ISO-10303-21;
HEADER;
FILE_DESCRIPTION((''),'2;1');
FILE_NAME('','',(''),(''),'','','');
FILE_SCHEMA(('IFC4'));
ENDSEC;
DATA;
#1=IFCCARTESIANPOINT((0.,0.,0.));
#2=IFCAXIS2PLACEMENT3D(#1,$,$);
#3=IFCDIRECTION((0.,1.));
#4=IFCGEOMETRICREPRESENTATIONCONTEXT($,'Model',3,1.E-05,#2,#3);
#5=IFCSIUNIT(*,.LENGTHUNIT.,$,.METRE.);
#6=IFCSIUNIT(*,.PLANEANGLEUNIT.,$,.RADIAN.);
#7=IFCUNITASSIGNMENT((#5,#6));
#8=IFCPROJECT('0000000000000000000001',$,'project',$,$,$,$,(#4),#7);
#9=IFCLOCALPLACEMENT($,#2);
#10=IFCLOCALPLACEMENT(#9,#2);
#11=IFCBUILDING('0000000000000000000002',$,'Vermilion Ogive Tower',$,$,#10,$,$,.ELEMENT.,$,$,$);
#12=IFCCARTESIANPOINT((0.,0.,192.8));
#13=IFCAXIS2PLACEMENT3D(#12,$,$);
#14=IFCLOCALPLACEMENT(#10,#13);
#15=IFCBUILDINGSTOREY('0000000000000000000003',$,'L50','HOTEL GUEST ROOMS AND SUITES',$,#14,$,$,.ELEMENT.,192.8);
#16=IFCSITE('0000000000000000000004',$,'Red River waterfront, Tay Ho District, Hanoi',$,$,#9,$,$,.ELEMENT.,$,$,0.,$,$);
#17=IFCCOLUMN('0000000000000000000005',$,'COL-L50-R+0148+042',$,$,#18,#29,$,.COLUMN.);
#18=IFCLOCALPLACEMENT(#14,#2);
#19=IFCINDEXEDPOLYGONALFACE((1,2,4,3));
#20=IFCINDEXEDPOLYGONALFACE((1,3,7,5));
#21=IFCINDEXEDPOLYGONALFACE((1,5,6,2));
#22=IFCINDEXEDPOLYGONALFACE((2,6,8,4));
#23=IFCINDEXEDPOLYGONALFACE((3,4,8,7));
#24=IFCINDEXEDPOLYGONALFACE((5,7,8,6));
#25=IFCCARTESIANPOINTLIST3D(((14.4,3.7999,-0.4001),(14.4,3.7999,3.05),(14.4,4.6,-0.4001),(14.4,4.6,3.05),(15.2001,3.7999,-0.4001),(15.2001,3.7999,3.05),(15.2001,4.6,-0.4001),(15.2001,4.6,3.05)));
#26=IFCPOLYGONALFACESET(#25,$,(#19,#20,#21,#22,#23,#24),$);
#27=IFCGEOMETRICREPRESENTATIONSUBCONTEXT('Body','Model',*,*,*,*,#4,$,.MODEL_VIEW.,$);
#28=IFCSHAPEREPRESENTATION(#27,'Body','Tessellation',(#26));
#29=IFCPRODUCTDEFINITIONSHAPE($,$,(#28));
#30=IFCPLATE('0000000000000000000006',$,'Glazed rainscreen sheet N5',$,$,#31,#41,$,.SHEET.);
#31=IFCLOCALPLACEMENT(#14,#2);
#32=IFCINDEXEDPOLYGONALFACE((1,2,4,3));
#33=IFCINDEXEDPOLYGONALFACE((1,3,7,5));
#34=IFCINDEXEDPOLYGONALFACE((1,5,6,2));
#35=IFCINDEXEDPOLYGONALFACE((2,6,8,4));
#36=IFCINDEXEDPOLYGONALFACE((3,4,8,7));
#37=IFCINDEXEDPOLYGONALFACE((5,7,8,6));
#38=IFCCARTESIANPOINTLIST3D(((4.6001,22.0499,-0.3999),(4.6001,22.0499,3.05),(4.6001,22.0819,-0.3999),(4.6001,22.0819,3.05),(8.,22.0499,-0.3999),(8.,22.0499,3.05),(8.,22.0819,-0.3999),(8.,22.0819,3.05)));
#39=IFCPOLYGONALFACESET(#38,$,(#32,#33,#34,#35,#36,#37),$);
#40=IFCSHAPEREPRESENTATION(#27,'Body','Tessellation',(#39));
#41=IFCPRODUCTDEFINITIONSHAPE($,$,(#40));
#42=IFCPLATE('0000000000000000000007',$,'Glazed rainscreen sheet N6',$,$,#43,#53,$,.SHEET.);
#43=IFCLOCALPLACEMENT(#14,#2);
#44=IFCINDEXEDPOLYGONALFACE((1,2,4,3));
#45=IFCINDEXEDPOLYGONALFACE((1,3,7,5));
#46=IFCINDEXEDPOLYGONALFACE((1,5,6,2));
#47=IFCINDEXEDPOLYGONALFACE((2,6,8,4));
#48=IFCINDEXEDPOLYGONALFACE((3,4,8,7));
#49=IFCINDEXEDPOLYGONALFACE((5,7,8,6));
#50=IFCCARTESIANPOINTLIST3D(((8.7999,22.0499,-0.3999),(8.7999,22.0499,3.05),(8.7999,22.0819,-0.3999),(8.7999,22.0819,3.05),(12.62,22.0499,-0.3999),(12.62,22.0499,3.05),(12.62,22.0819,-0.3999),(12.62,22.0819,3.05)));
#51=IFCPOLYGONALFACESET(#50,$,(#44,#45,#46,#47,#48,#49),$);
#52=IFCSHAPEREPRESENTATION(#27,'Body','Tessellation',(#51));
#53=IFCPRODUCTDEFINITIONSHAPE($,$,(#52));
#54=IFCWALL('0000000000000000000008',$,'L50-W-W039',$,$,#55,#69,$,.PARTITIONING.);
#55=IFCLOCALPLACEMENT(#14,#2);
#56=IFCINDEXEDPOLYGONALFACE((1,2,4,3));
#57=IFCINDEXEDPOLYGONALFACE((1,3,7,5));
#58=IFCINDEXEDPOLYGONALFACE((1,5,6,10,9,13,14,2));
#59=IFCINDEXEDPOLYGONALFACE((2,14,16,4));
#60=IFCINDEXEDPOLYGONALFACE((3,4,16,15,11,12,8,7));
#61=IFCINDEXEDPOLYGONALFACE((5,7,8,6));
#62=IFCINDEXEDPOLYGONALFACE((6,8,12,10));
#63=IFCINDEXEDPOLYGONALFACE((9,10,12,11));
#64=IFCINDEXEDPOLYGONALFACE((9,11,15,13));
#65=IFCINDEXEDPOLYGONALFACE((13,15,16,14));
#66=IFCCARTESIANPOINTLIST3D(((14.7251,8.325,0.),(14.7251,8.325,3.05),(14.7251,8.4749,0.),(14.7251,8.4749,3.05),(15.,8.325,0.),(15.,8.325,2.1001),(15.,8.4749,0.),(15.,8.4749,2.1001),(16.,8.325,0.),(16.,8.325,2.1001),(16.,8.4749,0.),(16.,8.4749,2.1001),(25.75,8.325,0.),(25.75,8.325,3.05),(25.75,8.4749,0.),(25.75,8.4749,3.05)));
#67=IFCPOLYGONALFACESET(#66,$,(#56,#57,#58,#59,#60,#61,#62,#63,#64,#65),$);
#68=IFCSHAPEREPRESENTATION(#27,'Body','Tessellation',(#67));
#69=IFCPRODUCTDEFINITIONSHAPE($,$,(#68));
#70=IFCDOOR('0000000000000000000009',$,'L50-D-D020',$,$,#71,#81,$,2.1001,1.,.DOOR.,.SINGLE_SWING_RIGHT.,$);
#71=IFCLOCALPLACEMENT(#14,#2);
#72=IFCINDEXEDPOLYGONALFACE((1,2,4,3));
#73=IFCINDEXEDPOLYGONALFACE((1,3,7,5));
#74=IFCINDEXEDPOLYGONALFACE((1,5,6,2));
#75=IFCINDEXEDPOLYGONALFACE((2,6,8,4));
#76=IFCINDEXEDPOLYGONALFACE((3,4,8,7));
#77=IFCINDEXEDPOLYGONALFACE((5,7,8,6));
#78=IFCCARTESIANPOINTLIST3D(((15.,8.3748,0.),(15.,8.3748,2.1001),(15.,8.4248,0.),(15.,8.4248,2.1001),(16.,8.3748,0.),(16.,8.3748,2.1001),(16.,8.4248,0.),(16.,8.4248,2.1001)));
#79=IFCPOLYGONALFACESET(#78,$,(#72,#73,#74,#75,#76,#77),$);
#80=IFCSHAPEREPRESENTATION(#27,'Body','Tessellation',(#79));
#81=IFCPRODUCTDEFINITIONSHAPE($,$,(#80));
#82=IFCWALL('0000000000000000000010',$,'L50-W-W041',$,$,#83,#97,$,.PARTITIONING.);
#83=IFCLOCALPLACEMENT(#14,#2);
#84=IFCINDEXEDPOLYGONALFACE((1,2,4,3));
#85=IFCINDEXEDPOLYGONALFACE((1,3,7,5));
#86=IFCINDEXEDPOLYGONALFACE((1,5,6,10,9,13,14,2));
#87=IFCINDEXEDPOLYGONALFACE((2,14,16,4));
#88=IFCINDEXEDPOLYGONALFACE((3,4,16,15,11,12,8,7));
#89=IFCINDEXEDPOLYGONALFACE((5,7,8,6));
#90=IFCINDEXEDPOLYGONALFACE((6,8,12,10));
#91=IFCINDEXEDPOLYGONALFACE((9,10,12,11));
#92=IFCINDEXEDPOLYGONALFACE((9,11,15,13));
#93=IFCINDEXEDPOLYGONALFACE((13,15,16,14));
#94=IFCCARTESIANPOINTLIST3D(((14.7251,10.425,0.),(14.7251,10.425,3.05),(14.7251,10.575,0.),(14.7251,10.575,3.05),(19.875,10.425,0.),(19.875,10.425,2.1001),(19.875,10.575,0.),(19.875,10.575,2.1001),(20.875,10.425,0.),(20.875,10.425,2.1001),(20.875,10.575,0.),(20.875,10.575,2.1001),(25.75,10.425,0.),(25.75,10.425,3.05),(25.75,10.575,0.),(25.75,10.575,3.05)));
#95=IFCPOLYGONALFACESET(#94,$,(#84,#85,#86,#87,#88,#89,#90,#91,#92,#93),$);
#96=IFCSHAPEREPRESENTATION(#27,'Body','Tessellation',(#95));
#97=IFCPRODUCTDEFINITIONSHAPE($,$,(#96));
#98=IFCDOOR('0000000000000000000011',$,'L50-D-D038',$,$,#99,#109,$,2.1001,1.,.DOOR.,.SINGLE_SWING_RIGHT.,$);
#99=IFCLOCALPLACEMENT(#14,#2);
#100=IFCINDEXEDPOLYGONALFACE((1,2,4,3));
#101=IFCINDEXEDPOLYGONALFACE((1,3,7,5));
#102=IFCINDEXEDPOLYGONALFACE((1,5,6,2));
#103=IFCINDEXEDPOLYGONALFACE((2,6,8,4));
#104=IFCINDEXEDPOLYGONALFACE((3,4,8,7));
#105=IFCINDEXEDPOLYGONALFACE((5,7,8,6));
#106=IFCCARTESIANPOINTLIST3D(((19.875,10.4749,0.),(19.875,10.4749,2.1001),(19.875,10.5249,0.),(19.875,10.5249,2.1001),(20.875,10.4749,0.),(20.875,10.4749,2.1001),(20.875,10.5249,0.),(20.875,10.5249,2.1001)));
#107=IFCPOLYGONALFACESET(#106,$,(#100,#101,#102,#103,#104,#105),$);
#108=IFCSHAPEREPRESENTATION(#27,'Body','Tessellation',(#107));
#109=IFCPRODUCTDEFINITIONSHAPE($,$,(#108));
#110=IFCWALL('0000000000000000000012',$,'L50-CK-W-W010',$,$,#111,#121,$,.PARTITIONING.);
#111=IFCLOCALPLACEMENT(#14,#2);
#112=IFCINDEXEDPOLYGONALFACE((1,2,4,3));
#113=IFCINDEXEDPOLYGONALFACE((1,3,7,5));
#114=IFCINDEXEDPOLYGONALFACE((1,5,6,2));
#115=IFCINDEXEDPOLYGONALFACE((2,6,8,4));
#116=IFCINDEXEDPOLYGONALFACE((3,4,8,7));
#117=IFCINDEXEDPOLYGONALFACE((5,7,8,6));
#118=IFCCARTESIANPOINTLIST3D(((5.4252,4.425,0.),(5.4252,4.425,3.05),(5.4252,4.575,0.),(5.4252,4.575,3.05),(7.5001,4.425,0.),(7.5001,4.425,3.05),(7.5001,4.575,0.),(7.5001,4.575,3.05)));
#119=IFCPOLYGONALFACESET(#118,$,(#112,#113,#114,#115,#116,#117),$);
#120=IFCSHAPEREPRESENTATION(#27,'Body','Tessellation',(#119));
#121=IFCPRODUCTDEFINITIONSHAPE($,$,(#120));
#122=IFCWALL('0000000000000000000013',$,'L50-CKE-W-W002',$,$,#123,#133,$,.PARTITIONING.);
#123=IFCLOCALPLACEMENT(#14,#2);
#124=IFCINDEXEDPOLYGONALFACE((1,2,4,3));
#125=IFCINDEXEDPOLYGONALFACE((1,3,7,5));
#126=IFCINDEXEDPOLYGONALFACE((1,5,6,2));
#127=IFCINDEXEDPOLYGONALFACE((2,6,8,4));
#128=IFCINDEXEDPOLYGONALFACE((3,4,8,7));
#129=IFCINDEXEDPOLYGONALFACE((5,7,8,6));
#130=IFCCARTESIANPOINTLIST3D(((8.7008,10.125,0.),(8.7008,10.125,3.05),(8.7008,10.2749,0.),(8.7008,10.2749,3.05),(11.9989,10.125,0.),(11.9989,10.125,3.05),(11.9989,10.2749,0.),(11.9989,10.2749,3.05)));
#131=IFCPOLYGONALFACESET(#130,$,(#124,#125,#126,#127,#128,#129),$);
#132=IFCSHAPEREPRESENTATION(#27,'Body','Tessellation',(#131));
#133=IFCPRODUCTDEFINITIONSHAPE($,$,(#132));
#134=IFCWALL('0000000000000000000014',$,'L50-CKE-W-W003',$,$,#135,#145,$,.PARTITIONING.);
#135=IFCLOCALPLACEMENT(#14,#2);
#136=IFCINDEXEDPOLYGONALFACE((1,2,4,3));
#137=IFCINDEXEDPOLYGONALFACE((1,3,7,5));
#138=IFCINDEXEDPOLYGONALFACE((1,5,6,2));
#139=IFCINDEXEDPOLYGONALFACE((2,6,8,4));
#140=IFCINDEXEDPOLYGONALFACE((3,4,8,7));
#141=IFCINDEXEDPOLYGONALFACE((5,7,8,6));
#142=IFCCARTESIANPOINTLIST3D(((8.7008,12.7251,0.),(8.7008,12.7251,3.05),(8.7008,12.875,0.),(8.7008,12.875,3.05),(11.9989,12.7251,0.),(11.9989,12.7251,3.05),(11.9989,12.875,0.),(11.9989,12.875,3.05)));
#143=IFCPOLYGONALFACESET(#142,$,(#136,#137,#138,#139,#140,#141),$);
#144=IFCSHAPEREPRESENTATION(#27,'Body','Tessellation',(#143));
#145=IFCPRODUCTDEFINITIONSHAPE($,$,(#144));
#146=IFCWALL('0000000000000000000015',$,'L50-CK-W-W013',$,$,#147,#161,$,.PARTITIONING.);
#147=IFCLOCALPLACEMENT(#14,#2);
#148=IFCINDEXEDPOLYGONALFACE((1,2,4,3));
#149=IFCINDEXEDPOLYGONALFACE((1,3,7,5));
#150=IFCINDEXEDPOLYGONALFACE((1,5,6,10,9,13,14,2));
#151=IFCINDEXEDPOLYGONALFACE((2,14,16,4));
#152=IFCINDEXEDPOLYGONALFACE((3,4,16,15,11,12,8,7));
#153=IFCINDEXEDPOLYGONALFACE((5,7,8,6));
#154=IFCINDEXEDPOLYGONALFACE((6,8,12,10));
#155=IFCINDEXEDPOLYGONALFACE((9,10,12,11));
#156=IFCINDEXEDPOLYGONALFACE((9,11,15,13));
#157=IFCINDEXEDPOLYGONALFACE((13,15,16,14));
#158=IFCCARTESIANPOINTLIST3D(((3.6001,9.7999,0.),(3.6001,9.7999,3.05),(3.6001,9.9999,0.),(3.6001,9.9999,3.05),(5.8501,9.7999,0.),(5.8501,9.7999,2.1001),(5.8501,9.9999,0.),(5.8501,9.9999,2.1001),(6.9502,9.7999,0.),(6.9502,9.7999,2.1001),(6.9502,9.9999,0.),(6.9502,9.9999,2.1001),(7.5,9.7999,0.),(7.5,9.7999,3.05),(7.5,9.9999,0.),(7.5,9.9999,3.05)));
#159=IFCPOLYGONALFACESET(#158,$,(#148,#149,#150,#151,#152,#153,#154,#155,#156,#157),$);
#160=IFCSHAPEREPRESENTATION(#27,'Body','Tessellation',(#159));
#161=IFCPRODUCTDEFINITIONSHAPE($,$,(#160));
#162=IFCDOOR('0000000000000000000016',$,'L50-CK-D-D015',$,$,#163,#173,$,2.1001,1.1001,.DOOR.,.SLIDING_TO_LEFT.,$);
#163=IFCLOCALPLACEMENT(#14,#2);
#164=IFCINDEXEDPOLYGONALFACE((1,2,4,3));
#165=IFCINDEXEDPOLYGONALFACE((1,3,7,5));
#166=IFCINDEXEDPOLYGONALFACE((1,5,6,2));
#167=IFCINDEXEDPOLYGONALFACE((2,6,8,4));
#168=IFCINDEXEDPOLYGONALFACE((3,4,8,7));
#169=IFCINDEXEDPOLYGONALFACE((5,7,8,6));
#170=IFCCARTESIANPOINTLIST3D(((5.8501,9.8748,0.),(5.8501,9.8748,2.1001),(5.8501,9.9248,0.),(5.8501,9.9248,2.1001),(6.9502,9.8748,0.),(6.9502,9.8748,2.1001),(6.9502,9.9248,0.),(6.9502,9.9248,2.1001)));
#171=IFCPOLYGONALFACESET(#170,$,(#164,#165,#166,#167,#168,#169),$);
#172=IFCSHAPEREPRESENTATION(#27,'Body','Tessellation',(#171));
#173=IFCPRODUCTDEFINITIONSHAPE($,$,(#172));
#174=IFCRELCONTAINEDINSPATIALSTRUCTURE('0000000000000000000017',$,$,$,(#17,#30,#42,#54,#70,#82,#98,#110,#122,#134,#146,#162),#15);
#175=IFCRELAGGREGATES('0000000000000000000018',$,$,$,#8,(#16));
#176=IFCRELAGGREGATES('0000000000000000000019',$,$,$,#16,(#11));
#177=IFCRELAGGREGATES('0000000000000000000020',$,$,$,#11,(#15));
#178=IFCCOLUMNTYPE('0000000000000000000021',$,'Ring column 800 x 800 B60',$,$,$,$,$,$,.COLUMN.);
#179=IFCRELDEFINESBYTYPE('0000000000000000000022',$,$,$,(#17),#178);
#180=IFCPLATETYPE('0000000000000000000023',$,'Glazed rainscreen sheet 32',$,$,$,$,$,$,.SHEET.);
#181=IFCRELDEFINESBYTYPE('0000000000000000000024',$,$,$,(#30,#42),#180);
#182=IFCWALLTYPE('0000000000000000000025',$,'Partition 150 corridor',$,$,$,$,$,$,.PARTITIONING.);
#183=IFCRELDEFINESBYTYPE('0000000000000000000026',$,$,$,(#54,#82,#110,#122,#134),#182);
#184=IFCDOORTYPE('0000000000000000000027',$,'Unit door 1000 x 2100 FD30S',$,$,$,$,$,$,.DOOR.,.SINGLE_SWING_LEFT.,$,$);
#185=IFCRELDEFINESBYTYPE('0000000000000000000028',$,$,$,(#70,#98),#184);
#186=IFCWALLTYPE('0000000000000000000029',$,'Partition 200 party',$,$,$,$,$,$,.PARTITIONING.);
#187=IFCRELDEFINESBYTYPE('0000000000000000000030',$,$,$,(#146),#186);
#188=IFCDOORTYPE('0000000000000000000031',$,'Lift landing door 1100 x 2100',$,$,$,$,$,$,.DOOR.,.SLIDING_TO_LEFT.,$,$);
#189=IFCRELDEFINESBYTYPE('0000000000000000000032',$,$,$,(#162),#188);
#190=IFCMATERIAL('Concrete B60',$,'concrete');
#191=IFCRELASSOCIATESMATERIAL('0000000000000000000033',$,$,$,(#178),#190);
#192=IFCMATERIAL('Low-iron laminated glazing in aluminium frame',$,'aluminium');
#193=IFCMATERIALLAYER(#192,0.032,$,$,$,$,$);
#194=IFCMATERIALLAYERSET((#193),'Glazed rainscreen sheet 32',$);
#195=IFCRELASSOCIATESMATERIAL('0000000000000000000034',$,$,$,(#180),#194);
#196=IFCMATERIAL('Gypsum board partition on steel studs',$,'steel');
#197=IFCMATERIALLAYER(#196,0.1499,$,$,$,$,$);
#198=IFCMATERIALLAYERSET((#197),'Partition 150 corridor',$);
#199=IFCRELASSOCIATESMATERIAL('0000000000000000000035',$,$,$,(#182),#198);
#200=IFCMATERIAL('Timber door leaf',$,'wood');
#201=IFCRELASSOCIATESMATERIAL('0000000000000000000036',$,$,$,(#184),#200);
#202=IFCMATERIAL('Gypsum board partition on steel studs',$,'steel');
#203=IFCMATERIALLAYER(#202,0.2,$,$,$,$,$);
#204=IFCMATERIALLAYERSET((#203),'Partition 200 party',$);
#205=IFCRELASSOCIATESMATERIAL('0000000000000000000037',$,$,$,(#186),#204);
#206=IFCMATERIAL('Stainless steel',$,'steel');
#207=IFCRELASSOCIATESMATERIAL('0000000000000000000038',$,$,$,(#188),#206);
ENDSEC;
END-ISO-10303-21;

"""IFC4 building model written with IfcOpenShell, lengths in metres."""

from ifc_helpers import new_model, si_unit, direction, frame, frame_2d, origin, origin_2d, place, context, subcontext, project, spatial, rectangle, extrude, material, layer, layer_set, material_profile, profile_set, type_object, element, fill, save


model = new_model("IFC4")

# Units and contexts
model_context = context("Model", 3, precision=1e-05, world=origin(), true_north=direction((0.0, 1.0)))
body_context = subcontext(model_context, "Body", "Model", "MODEL_VIEW")
ifc_project = project(units=[si_unit("LENGTHUNIT", "METRE"), si_unit("PLANEANGLEUNIT", "RADIAN")], contexts=[model_context])

# Site, building, storey
site_placement = place(None, origin())
site = spatial("IfcSite", under=ifc_project, at=site_placement, Name="Red River waterfront, Tay Ho District, Hanoi", CompositionType="ELEMENT", RefElevation=0.0)
building_placement = place(site_placement, origin())
building = spatial("IfcBuilding", under=site, at=building_placement, Name="Vermilion Ogive Tower", CompositionType="ELEMENT")
storey_placement = place(building_placement, frame((0.0, 0.0, 192.8)))
storey = spatial("IfcBuildingStorey", under=building, at=storey_placement, Name="L50", Description="HOTEL GUEST ROOMS AND SUITES", CompositionType="ELEMENT", Elevation=192.8)

# Column
ifc_material_1 = material(Name="Concrete B60", Category="concrete")
ifc_material_profile = material_profile(ifc_material_1, rectangle(XDim=0.8, YDim=0.8, at=origin_2d()), Name="800 x 800")
ifc_profile_set = profile_set([ifc_material_profile], Name="Concrete B60")
column_type = type_object("IfcColumnType", Name="Ring column 800 x 800 B60", PredefinedType="COLUMN", material=ifc_profile_set)
column_placement = place(storey_placement, frame((14.8, 4.2, -0.4001), z_axis=(0.0, 0.0, 1.0), x_axis=(1.0, 0.0, 0.0)))
element("IfcColumn", 1, at=column_placement, inside=storey, type_object=column_type, Name="COL-L50-R+0148+042", PredefinedType="COLUMN", context=body_context, shape_type="SweptSolid", body=[
    extrude(rectangle(XDim=0.8, YDim=0.8, at=origin_2d()), origin(), (0.0, 0.0, 1.0), 3.4502),
])

# Plates
ifc_material_2 = material(Name="Low-iron laminated glazing in aluminium frame", Category="aluminium")
ifc_layer_1 = layer(ifc_material_2, 0.032)
ifc_layer_set_1 = layer_set([ifc_layer_1], Name="Glazed rainscreen sheet 32")
plate_type = type_object("IfcPlateType", Name="Glazed rainscreen sheet 32", PredefinedType="SHEET", material=ifc_layer_set_1)
plate_1_placement = place(storey_placement, frame((6.3, 22.0659, -0.3999), z_axis=(0.0, 0.0, 1.0), x_axis=(1.0, 0.0, 0.0)))
element("IfcPlate", 2, at=plate_1_placement, inside=storey, type_object=plate_type, Name="Glazed rainscreen sheet N5", PredefinedType="SHEET", context=body_context, shape_type="SweptSolid", body=[
    extrude(rectangle(XDim=3.3999, YDim=0.032, at=origin_2d()), origin(), (0.0, 0.0, 1.0), 3.45),
])
plate_2_placement = place(storey_placement, frame((10.71, 22.0659, -0.3999), z_axis=(0.0, 0.0, 1.0), x_axis=(1.0, 0.0, 0.0)))
element("IfcPlate", 3, at=plate_2_placement, inside=storey, type_object=plate_type, Name="Glazed rainscreen sheet N6", PredefinedType="SHEET", context=body_context, shape_type="SweptSolid", body=[
    extrude(rectangle(XDim=3.8201, YDim=0.032, at=origin_2d()), origin(), (0.0, 0.0, 1.0), 3.45),
])

# Walls, openings, doors
ifc_material_3 = material(Name="Gypsum board partition on steel studs", Category="steel")
ifc_layer_2 = layer(ifc_material_3, 0.1499)
ifc_layer_set_2 = layer_set([ifc_layer_2], Name="Partition 150 corridor")
wall_type_1 = type_object("IfcWallType", Name="Partition 150 corridor", PredefinedType="PARTITIONING", material=ifc_layer_set_2)
wall_1_placement = place(storey_placement, frame((14.7251, 8.3999, 0.0), z_axis=(0.0, 0.0, 1.0), x_axis=(1.0, 0.0, 0.0)))
wall_1 = element("IfcWall", 4, at=wall_1_placement, inside=storey, type_object=wall_type_1, Name="L50-W-W039", PredefinedType="PARTITIONING", context=body_context, shape_type="SweptSolid", body=[
    extrude(rectangle(XDim=11.0249, YDim=0.1499, at=frame_2d((5.5125, 0.0))), origin(), (0.0, 0.0, 1.0), 3.05),
])
opening_1_placement = place(wall_1_placement, frame((0.2749, 0.0, 0.0)))
opening_1 = element("IfcOpeningElement", 5, at=opening_1_placement, cuts=wall_1, PredefinedType="OPENING", context=body_context, shape_type="SweptSolid", body=[
    extrude(rectangle(XDim=1.0, YDim=2.1001, at=frame_2d((0.5, 1.05))), frame((0.0, 0.085, 0.0), z_axis=(0.0, -1.0, 0.0), x_axis=(1.0, 0.0, 0.0)), (0.0, 0.0, 1.0), 0.1699),
])
ifc_material_4 = material(Name="Timber door leaf", Category="wood")
door_type_1 = type_object("IfcDoorType", Name="Unit door 1000 x 2100 FD30S", OperationType="SINGLE_SWING_LEFT", PredefinedType="DOOR", material=ifc_material_4)
door_1_placement = place(opening_1_placement, origin())
door_1 = element("IfcDoor", 6, at=door_1_placement, inside=storey, type_object=door_type_1, Name="L50-D-D020", OperationType="SINGLE_SWING_RIGHT", OverallHeight=2.1001, OverallWidth=1.0, PredefinedType="DOOR", context=body_context, shape_type="SweptSolid", body=[
    extrude(rectangle(XDim=1.0, YDim=2.1001, at=frame_2d((0.5, 1.05))), frame((0.0, 0.0249, 0.0), z_axis=(0.0, -1.0, 0.0), x_axis=(1.0, 0.0, 0.0)), (0.0, 0.0, 1.0), 0.05),
])
fill(opening_1, door_1)
wall_2_placement = place(storey_placement, frame((14.7251, 10.5, 0.0), z_axis=(0.0, 0.0, 1.0), x_axis=(1.0, 0.0, 0.0)))
wall_2 = element("IfcWall", 7, at=wall_2_placement, inside=storey, type_object=wall_type_1, Name="L50-W-W041", PredefinedType="PARTITIONING", context=body_context, shape_type="SweptSolid", body=[
    extrude(rectangle(XDim=11.0249, YDim=0.1499, at=frame_2d((5.5125, 0.0))), origin(), (0.0, 0.0, 1.0), 3.05),
])
opening_2_placement = place(wall_2_placement, frame((5.1499, 0.0, 0.0)))
opening_2 = element("IfcOpeningElement", 8, at=opening_2_placement, cuts=wall_2, PredefinedType="OPENING", context=body_context, shape_type="SweptSolid", body=[
    extrude(rectangle(XDim=1.0, YDim=2.1001, at=frame_2d((0.5, 1.05))), frame((0.0, 0.085, 0.0), z_axis=(0.0, -1.0, 0.0), x_axis=(1.0, 0.0, 0.0)), (0.0, 0.0, 1.0), 0.1699),
])
door_2_placement = place(opening_2_placement, origin())
door_2 = element("IfcDoor", 9, at=door_2_placement, inside=storey, type_object=door_type_1, Name="L50-D-D038", OperationType="SINGLE_SWING_RIGHT", OverallHeight=2.1001, OverallWidth=1.0, PredefinedType="DOOR", context=body_context, shape_type="SweptSolid", body=[
    extrude(rectangle(XDim=1.0, YDim=2.1001, at=frame_2d((0.5, 1.05))), frame((0.0, 0.0249, 0.0), z_axis=(0.0, -1.0, 0.0), x_axis=(1.0, 0.0, 0.0)), (0.0, 0.0, 1.0), 0.05),
])
fill(opening_2, door_2)

# Walls
wall_3_placement = place(storey_placement, frame((5.425, 4.5, 0.0), z_axis=(0.0, 0.0, 1.0), x_axis=(1.0, 0.0, 0.0)))
element("IfcWall", 10, at=wall_3_placement, inside=storey, type_object=wall_type_1, Name="L50-CK-W-W010", PredefinedType="PARTITIONING", context=body_context, shape_type="SweptSolid", body=[
    extrude(rectangle(XDim=2.075, YDim=0.1499, at=frame_2d((1.0376, 0.0))), origin(), (0.0, 0.0, 1.0), 3.05),
])
for number, where, z_axis, x_axis, name in (
    (11, (8.7009, 10.2, 0.0), (0.0, 0.0, 1.0), (1.0, 0.0, 0.0), "L50-CKE-W-W002"),
    (12, (8.7009, 12.8, 0.0), (0.0, 0.0, 1.0), (1.0, 0.0, 0.0), "L50-CKE-W-W003"),
):
    element("IfcWall", number, at=place(storey_placement, frame(where, z_axis=z_axis, x_axis=x_axis)), inside=storey, type_object=wall_type_1, Name=name, PredefinedType="PARTITIONING", context=body_context, shape_type="SweptSolid", body=[
        extrude(rectangle(XDim=3.2981, YDim=0.1499, at=frame_2d((1.6489, 0.0))), origin(), (0.0, 0.0, 1.0), 3.05),
    ])

# Wall, opening, door
ifc_material_5 = material(Name="Gypsum board partition on steel studs", Category="steel")
ifc_layer_3 = layer(ifc_material_5, 0.2)
ifc_layer_set_3 = layer_set([ifc_layer_3], Name="Partition 200 party")
wall_type_2 = type_object("IfcWallType", Name="Partition 200 party", PredefinedType="PARTITIONING", material=ifc_layer_set_3)
wall_4_placement = place(storey_placement, frame((3.6001, 9.8999, 0.0), z_axis=(0.0, 0.0, 1.0), x_axis=(1.0, 0.0, 0.0)))
wall_4 = element("IfcWall", 13, at=wall_4_placement, inside=storey, type_object=wall_type_2, Name="L50-CK-W-W013", PredefinedType="PARTITIONING", context=body_context, shape_type="SweptSolid", body=[
    extrude(rectangle(XDim=3.8999, YDim=0.2, at=frame_2d((1.95, 0.0))), origin(), (0.0, 0.0, 1.0), 3.05),
])
opening_3_placement = place(wall_4_placement, frame((2.25, 0.0, 0.0)))
opening_3 = element("IfcOpeningElement", 14, at=opening_3_placement, cuts=wall_4, PredefinedType="OPENING", context=body_context, shape_type="SweptSolid", body=[
    extrude(rectangle(XDim=1.1001, YDim=2.1001, at=frame_2d((0.55, 1.05))), frame((0.0, 0.1099, 0.0), z_axis=(0.0, -1.0, 0.0), x_axis=(1.0, 0.0, 0.0)), (0.0, 0.0, 1.0), 0.22),
])
ifc_material_6 = material(Name="Stainless steel", Category="steel")
door_type_2 = type_object("IfcDoorType", Name="Lift landing door 1100 x 2100", OperationType="SLIDING_TO_LEFT", PredefinedType="DOOR", material=ifc_material_6)
door_3_placement = place(opening_3_placement, origin())
door_3 = element("IfcDoor", 15, at=door_3_placement, inside=storey, type_object=door_type_2, Name="L50-CK-D-D015", OperationType="SLIDING_TO_LEFT", OverallHeight=2.1001, OverallWidth=1.1001, PredefinedType="DOOR", context=body_context, shape_type="SweptSolid", body=[
    extrude(rectangle(XDim=1.1001, YDim=2.1001, at=frame_2d((0.55, 1.05))), frame((0.0, 0.0249, 0.0), z_axis=(0.0, -1.0, 0.0), x_axis=(1.0, 0.0, 0.0)), (0.0, 0.0, 1.0), 0.05),
])
fill(opening_3, door_3)

save(model, "model.ifc")
